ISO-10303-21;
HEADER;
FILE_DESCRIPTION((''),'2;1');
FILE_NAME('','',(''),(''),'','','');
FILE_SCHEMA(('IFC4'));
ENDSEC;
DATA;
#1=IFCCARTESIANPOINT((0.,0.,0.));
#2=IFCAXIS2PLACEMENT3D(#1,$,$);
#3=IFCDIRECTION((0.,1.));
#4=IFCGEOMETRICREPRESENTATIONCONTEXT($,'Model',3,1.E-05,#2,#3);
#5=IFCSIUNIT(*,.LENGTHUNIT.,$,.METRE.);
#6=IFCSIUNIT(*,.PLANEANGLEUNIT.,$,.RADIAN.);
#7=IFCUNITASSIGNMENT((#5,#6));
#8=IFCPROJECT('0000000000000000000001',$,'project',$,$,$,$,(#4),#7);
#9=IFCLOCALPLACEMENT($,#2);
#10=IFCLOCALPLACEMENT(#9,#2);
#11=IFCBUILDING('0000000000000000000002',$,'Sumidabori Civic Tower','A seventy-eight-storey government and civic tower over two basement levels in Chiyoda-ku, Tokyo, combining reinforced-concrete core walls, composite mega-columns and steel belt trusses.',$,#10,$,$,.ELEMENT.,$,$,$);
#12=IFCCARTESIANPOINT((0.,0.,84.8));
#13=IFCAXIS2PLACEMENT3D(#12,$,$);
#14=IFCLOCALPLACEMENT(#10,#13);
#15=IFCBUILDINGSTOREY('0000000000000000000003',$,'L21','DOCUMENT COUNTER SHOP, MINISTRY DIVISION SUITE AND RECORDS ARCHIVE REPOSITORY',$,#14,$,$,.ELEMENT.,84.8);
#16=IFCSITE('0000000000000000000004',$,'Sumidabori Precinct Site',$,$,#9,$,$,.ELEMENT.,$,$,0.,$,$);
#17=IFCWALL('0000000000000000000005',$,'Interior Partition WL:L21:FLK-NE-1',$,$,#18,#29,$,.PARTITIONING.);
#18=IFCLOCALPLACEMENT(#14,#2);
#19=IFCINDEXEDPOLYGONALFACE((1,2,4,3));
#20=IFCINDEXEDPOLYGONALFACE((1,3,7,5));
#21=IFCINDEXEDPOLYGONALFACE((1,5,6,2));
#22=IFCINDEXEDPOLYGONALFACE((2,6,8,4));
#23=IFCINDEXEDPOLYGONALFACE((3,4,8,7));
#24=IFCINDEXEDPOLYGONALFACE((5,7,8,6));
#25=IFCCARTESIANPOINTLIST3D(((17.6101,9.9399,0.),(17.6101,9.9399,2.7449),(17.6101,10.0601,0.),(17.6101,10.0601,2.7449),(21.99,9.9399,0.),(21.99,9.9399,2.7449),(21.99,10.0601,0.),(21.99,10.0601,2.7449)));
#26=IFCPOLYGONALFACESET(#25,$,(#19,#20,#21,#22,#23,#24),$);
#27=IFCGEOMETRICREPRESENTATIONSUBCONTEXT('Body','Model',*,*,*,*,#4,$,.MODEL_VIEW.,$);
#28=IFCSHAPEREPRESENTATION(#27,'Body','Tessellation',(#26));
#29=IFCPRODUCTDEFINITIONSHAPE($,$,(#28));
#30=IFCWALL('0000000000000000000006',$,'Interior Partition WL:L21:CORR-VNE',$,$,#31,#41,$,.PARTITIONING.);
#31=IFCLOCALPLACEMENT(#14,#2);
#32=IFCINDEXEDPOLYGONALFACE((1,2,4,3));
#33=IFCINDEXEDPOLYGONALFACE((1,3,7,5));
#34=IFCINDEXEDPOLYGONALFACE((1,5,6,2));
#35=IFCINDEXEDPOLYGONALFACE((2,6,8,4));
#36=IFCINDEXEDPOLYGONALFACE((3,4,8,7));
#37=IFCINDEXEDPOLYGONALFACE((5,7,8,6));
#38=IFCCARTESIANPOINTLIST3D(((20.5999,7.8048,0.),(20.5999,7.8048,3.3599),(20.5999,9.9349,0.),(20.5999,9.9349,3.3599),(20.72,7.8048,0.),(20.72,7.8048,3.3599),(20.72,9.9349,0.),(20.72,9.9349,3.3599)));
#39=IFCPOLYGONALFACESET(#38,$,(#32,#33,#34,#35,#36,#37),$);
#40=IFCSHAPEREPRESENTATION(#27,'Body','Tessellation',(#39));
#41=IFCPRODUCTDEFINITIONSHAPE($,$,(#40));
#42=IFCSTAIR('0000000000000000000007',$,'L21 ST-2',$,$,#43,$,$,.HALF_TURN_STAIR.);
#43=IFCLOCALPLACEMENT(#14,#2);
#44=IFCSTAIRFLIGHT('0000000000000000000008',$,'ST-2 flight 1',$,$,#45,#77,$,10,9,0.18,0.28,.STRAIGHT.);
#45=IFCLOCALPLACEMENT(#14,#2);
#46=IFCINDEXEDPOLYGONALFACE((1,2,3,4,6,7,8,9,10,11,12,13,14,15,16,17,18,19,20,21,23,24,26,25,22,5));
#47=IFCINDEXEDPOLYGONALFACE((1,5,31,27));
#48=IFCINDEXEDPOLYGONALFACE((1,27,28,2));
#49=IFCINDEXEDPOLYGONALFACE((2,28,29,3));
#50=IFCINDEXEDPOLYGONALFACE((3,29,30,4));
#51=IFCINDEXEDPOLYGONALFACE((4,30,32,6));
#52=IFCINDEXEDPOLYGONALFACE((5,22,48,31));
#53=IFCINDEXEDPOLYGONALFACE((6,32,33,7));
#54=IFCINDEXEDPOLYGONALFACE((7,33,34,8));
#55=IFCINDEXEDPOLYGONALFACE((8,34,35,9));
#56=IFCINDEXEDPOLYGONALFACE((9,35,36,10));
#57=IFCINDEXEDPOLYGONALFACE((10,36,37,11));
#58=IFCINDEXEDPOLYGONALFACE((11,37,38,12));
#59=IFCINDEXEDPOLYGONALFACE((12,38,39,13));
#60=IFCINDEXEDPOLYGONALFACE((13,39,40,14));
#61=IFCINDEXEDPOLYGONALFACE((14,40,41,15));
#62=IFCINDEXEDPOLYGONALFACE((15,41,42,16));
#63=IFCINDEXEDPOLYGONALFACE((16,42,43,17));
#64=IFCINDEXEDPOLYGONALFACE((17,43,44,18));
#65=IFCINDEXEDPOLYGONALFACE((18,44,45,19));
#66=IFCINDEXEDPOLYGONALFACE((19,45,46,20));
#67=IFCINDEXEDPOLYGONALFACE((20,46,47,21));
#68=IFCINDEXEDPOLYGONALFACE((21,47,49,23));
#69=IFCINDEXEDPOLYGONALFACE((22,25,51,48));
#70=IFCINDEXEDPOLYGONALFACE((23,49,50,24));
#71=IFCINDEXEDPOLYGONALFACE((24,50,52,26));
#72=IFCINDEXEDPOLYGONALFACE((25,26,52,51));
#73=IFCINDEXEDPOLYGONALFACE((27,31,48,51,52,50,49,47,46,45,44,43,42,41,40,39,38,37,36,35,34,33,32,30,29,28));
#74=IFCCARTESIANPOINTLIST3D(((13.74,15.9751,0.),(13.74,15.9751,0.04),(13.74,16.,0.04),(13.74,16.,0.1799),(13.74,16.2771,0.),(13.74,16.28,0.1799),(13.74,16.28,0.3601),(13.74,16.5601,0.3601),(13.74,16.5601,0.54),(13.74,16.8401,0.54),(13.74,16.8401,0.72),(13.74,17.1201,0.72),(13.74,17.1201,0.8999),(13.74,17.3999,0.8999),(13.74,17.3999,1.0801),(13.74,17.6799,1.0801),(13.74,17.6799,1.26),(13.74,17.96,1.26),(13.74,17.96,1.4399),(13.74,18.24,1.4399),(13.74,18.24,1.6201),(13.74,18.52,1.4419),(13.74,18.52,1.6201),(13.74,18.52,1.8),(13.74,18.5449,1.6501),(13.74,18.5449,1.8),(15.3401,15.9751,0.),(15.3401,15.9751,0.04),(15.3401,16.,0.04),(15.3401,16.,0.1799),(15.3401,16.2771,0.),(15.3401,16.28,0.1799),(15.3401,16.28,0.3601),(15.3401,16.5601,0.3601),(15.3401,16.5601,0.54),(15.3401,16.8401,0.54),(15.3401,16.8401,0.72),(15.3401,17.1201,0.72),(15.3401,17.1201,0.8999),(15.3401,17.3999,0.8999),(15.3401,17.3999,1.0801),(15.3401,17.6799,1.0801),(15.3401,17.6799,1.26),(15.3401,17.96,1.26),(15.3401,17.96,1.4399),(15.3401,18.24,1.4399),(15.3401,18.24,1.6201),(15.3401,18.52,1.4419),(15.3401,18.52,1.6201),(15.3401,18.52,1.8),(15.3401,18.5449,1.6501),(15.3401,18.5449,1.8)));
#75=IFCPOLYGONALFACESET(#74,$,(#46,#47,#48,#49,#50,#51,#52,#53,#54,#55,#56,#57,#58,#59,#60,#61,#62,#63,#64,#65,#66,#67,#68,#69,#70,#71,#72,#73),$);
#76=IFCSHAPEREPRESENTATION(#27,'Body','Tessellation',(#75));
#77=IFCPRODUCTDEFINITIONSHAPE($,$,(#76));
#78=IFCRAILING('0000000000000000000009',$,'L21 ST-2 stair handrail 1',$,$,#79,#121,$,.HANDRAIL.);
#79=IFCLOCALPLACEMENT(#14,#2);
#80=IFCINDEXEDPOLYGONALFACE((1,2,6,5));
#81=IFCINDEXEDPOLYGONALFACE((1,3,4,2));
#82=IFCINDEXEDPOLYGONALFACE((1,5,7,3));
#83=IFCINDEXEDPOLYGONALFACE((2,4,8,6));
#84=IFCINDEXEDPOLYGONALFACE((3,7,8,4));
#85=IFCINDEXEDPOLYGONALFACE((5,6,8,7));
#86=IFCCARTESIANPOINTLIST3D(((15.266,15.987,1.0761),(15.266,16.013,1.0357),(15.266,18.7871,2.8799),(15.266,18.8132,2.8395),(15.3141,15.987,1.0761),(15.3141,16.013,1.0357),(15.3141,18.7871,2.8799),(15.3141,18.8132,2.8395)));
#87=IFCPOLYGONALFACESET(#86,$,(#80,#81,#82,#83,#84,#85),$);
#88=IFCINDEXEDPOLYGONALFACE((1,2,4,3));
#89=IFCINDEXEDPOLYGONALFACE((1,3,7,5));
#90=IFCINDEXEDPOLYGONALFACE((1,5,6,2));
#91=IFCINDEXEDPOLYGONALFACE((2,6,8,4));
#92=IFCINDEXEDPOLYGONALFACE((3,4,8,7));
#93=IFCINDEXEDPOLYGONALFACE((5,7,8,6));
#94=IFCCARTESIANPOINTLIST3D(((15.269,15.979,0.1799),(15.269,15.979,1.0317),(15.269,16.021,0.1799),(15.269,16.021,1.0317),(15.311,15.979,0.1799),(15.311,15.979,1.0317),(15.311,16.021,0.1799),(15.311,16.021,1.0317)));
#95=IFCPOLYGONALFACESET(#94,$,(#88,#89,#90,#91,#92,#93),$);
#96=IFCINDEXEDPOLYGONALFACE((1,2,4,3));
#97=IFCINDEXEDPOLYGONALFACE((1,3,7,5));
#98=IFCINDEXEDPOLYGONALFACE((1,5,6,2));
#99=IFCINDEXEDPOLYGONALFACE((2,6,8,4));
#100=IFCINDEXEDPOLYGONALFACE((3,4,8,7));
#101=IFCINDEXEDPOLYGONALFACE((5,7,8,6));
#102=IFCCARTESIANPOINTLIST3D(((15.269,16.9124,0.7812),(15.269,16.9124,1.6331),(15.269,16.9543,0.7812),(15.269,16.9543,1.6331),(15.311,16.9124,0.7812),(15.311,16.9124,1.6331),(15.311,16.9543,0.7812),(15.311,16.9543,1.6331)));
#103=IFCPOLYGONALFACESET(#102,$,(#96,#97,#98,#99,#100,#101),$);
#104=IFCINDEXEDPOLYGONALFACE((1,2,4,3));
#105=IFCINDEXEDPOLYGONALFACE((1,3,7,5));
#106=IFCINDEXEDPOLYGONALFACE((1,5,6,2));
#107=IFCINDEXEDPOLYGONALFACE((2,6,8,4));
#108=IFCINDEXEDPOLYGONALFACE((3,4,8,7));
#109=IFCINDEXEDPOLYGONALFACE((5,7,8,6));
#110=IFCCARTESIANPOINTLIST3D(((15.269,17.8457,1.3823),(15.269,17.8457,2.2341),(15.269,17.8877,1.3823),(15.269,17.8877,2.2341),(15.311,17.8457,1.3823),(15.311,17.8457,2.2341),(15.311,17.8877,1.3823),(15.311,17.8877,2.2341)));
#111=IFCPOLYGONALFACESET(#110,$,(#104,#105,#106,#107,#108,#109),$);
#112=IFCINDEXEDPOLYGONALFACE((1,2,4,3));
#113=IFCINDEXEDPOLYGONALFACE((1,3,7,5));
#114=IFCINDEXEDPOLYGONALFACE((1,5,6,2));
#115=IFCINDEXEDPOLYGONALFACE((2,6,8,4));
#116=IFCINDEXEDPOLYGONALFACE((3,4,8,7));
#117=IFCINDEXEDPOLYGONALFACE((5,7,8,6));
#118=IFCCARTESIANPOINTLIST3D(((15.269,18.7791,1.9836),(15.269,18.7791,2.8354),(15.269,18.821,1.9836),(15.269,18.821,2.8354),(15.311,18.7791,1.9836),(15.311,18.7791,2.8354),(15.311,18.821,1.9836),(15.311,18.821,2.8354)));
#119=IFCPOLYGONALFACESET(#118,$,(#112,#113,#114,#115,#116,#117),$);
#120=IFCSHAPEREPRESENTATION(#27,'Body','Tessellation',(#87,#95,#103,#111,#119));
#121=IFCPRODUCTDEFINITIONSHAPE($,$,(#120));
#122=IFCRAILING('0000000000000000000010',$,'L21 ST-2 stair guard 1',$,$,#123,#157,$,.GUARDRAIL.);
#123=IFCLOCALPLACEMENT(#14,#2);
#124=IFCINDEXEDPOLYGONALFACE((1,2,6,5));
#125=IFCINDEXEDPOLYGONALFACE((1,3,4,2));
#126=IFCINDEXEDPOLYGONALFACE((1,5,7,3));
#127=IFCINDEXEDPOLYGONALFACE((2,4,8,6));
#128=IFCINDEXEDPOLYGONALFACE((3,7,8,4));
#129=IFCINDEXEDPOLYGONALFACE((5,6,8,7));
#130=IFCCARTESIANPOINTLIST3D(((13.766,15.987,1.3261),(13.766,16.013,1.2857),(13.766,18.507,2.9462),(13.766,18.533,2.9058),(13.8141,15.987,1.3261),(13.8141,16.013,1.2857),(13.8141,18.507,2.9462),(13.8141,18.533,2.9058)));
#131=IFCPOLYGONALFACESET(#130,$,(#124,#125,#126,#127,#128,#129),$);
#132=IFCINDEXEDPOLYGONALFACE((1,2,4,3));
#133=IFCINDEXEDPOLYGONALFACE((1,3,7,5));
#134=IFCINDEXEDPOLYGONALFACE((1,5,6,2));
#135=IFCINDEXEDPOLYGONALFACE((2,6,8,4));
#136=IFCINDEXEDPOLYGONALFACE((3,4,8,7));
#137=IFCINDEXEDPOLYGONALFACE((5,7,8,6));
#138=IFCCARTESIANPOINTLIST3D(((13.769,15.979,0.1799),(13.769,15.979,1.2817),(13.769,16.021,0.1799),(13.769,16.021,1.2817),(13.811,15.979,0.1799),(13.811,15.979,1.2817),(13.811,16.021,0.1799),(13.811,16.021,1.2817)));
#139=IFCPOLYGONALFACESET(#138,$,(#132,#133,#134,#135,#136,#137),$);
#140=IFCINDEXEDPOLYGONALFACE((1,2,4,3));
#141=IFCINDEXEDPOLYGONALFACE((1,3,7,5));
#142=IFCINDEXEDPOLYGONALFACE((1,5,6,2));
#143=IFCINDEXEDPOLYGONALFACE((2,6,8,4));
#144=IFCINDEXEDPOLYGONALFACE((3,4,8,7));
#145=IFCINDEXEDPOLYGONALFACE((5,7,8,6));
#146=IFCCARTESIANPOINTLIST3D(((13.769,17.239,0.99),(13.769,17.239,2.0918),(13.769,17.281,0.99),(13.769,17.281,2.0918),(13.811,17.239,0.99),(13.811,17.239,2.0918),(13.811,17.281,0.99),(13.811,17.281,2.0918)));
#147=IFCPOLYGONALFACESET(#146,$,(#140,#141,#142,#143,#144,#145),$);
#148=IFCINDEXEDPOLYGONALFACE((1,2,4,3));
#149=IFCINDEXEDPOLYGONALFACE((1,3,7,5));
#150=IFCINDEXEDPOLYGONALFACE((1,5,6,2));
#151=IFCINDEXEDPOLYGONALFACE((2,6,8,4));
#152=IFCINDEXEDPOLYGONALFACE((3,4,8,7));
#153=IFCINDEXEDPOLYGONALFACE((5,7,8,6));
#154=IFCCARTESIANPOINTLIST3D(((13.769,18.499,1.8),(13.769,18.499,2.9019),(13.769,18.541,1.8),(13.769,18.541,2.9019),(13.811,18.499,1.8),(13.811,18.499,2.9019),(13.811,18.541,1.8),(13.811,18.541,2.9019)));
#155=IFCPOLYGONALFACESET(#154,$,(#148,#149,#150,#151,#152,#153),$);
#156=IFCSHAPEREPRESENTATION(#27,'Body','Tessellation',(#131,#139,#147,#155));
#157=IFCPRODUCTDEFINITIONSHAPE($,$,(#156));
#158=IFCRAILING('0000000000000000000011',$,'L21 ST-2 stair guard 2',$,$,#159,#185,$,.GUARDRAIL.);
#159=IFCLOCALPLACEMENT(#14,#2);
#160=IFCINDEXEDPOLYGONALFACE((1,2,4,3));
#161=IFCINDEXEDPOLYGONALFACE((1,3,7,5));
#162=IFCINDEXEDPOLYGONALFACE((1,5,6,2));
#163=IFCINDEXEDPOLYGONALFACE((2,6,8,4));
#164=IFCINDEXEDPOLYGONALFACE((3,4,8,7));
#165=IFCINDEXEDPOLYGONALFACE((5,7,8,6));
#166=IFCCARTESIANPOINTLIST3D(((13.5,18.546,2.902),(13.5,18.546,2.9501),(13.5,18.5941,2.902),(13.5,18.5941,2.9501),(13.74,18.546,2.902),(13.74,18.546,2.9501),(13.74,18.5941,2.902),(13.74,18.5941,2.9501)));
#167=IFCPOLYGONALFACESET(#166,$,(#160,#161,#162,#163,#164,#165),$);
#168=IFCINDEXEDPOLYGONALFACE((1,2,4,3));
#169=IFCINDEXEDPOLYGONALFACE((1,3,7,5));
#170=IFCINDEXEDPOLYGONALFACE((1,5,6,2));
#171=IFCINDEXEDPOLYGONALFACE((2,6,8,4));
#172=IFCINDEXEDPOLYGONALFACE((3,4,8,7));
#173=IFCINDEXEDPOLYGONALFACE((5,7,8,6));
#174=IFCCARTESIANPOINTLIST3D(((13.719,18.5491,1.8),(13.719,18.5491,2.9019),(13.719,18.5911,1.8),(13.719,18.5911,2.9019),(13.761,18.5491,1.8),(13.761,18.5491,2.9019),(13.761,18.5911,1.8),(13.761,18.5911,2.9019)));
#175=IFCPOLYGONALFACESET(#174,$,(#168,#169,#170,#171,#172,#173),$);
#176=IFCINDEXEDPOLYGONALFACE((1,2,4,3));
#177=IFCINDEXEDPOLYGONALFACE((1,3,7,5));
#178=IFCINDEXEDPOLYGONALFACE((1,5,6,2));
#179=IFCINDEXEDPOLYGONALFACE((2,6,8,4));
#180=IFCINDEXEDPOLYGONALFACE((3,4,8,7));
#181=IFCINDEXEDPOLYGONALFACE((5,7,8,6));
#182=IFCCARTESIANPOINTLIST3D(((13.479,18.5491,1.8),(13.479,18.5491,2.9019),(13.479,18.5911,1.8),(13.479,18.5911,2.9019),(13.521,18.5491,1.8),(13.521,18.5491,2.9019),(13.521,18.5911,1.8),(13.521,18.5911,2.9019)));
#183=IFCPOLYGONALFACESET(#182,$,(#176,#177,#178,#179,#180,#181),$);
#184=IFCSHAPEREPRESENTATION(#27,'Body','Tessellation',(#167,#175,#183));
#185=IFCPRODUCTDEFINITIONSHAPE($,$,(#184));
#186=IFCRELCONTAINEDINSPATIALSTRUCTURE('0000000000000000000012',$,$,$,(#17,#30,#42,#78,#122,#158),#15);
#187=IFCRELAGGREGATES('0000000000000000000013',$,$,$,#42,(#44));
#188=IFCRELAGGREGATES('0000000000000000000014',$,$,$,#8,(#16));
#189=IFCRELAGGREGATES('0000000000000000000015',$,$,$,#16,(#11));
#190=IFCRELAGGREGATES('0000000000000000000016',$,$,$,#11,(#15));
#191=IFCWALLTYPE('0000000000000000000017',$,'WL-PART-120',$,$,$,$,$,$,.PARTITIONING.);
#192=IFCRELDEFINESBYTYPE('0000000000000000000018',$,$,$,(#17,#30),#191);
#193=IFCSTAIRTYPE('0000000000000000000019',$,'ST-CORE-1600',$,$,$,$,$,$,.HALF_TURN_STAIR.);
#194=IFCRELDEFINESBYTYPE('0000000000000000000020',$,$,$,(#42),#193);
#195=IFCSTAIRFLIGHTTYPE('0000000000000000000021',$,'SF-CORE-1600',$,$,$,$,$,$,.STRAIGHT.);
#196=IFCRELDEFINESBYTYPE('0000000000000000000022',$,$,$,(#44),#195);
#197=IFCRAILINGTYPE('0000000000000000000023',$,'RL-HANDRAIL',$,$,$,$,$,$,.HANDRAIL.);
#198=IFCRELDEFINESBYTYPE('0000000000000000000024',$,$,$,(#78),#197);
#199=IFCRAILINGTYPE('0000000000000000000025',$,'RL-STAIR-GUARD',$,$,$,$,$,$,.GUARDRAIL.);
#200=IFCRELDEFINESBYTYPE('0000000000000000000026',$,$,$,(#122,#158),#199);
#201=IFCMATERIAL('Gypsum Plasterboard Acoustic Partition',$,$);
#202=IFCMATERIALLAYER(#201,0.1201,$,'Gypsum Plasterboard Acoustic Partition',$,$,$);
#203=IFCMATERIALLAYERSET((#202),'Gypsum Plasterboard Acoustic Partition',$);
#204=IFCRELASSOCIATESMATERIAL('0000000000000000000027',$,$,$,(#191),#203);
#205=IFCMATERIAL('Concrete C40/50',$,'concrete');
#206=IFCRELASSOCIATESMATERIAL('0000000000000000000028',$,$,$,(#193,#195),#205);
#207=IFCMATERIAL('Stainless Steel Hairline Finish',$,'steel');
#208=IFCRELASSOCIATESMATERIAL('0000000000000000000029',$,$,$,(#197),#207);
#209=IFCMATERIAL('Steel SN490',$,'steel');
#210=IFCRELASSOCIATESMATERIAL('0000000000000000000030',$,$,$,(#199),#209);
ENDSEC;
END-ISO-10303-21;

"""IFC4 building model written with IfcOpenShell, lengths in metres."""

from ifc_helpers import new_model, si_unit, direction, frame, frame_2d, origin, origin_2d, place, context, subcontext, project, spatial, polyline, rectangle, outline, extrude, source, transform, mapped, material, layer, layer_set, type_object, element, aggregate, save


model = new_model("IFC4")

# Units and contexts
model_context = context("Model", 3, precision=1e-05, world=origin(), true_north=direction((0.0, 1.0)))
body_context = subcontext(model_context, "Body", "Model", "MODEL_VIEW")
ifc_project = project(units=[si_unit("LENGTHUNIT", "METRE"), si_unit("PLANEANGLEUNIT", "RADIAN")], contexts=[model_context])

# Site, building, storey
site_placement = place(None, origin())
site = spatial("IfcSite", under=ifc_project, at=site_placement, Name="Sumidabori Precinct Site", CompositionType="ELEMENT", RefElevation=0.0)
building_placement = place(site_placement, origin())
building = spatial("IfcBuilding", under=site, at=building_placement, Name="Sumidabori Civic Tower", Description="A seventy-eight-storey government and civic tower over two basement levels in Chiyoda-ku, Tokyo, combining reinforced-concrete core walls, composite mega-columns and steel belt trusses.", CompositionType="ELEMENT")
storey_placement = place(building_placement, frame((0.0, 0.0, 84.8)))
storey = spatial("IfcBuildingStorey", under=building, at=storey_placement, Name="L21", Description="DOCUMENT COUNTER SHOP, MINISTRY DIVISION SUITE AND RECORDS ARCHIVE REPOSITORY", CompositionType="ELEMENT", Elevation=84.8)

# Shared definitions
ifc_material_1 = material(Name="Steel SN490", Category="steel")

# Walls
ifc_material_2 = material(Name="Gypsum Plasterboard Acoustic Partition")
ifc_layer_1 = layer(ifc_material_2, 0.1201, Name="Gypsum Plasterboard Acoustic Partition")
ifc_layer_set_1 = layer_set([ifc_layer_1], Name="Gypsum Plasterboard Acoustic Partition")
wall_type_1 = type_object("IfcWallType", Name="WL-PART-120", PredefinedType="PARTITIONING", material=ifc_layer_set_1)
shared_shape_1 = source(origin(), body_context, "Body", "SweptSolid", [
    extrude(rectangle(XDim=4.3799, YDim=0.1201, at=frame_2d((2.1899, 0.0))), origin(), (0.0, 0.0, 1.0), 2.7449),
])
wall_1_placement = place(storey_placement, frame((17.6101, 10.0, 0.0), z_axis=(0.0, 0.0, 1.0), x_axis=(1.0, 0.0, 0.0)))
element("IfcWall", 1, at=wall_1_placement, inside=storey, type_object=wall_type_1, Name="Interior Partition WL:L21:FLK-NE-1", PredefinedType="PARTITIONING", context=body_context, shape_type="MappedRepresentation", body=[
    mapped(shared_shape_1, transform((0.0, 0.0, 0.0), x_axis=(1.0, 0.0, 0.0), y_axis=(0.0, 1.0, 0.0), z_axis=(0.0, 0.0, 1.0), scale=1.0)),
])
shared_shape_2 = source(origin(), body_context, "Body", "SweptSolid", [
    extrude(rectangle(XDim=2.1301, YDim=0.1201, at=frame_2d((1.0649, 0.0))), origin(), (0.0, 0.0, 1.0), 3.3599),
])
wall_2_placement = place(storey_placement, frame((20.6599, 7.8049, 0.0), z_axis=(0.0, 0.0, 1.0), x_axis=(0.0, 1.0, 0.0)))
element("IfcWall", 2, at=wall_2_placement, inside=storey, type_object=wall_type_1, Name="Interior Partition WL:L21:CORR-VNE", PredefinedType="PARTITIONING", context=body_context, shape_type="MappedRepresentation", body=[
    mapped(shared_shape_2, transform((0.0, 0.0, 0.0), x_axis=(1.0, 0.0, 0.0), y_axis=(0.0, 1.0, 0.0), z_axis=(0.0, 0.0, 1.0), scale=1.0)),
])

# Stair, stair flight
ifc_material_3 = material(Name="Concrete C40/50", Category="concrete")
stair_type = type_object("IfcStairType", Name="ST-CORE-1600", PredefinedType="HALF_TURN_STAIR", material=ifc_material_3)
stair_placement = place(storey_placement, origin())
stair = element("IfcStair", 3, at=stair_placement, inside=storey, type_object=stair_type, Name="L21 ST-2", PredefinedType="HALF_TURN_STAIR")
stair_flight_type = type_object("IfcStairFlightType", Name="SF-CORE-1600", PredefinedType="STRAIGHT", material=ifc_material_3)
shared_shape_3 = source(origin(), body_context, "Body", "SweptSolid", [
    extrude(outline(polyline([(-0.0249, 0.0), (-0.0249, 0.04), (0.0, 0.04), (0.0, 0.1799), (0.28, 0.1799), (0.28, 0.3601), (0.5601, 0.3601), (0.5601, 0.54), (0.8401, 0.54), (0.8401, 0.72), (1.1201, 0.72), (1.1201, 0.8999), (1.3999, 0.8999), (1.3999, 1.0801), (1.6799, 1.0801), (1.6799, 1.26), (1.96, 1.26), (1.96, 1.4399), (2.24, 1.4399), (2.24, 1.6201), (2.52, 1.6201), (2.52, 1.8), (2.5449, 1.8), (2.5449, 1.6501), (2.52, 1.4419), (0.2771, 0.0), (-0.0249, 0.0)])), frame((0.0, 0.8, 0.0), z_axis=(0.0, -1.0, 0.0), x_axis=(1.0, 0.0, 0.0)), (0.0, 0.0, 1.0), 1.6001),
])
stair_flight_placement = place(storey_placement, frame((14.54, 16.0, 0.0), z_axis=(0.0, 0.0, 1.0), x_axis=(0.0, 1.0, 0.0)))
stair_flight = element("IfcStairFlight", 4, at=stair_flight_placement, type_object=stair_flight_type, Name="ST-2 flight 1", NumberOfRisers=10, NumberOfTreads=9, PredefinedType="STRAIGHT", RiserHeight=0.18, TreadLength=0.28, context=body_context, shape_type="MappedRepresentation", body=[
    mapped(shared_shape_3, transform((0.0, 0.0, 0.0), x_axis=(1.0, 0.0, 0.0), y_axis=(0.0, 1.0, 0.0), z_axis=(0.0, 0.0, 1.0), scale=1.0)),
])
aggregate(stair, [stair_flight])

# Railings
ifc_material_4 = material(Name="Stainless Steel Hairline Finish", Category="steel")
railing_type_1 = type_object("IfcRailingType", Name="RL-HANDRAIL", PredefinedType="HANDRAIL", material=ifc_material_4)
railing_1_placement = place(storey_placement, frame((15.29, 16.0, 0.1799)))
element("IfcRailing", 5, at=railing_1_placement, inside=storey, type_object=railing_type_1, Name="L21 ST-2 stair handrail 1", PredefinedType="HANDRAIL", context=body_context, shape_type="SweptSolid", body=[
    extrude(rectangle(XDim=0.0481, YDim=0.0481, at=origin_2d()), frame((0.0, 0.0, 0.876), z_axis=(0.0, 0.840676, 0.541539), x_axis=(-1.0, 0.0, 0.0)), (0.0, 0.0, 1.0), 3.3308),
    extrude(rectangle(XDim=0.042, YDim=0.042, at=origin_2d()), origin(), (0.0, 0.0, 1.0), 0.8518),
    extrude(rectangle(XDim=0.042, YDim=0.042, at=origin_2d()), frame((0.0, 0.9333, 0.6013)), (0.0, 0.0, 1.0), 0.8518),
    extrude(rectangle(XDim=0.042, YDim=0.042, at=origin_2d()), frame((0.0, 1.8667, 1.2024)), (0.0, 0.0, 1.0), 0.8518),
    extrude(rectangle(XDim=0.042, YDim=0.042, at=origin_2d()), frame((0.0, 2.8, 1.8037)), (0.0, 0.0, 1.0), 0.8518),
])
railing_type_2 = type_object("IfcRailingType", Name="RL-STAIR-GUARD", PredefinedType="GUARDRAIL", material=ifc_material_1)
railing_2_placement = place(storey_placement, frame((13.79, 16.0, 0.1799)))
element("IfcRailing", 6, at=railing_2_placement, inside=storey, type_object=railing_type_2, Name="L21 ST-2 stair guard 1", PredefinedType="GUARDRAIL", context=body_context, shape_type="SweptSolid", body=[
    extrude(rectangle(XDim=0.0481, YDim=0.0481, at=origin_2d()), frame((0.0, 0.0, 1.126), z_axis=(0.0, 0.841163, 0.540782), x_axis=(-1.0, 0.0, 0.0)), (0.0, 0.0, 1.0), 2.9958),
    extrude(rectangle(XDim=0.042, YDim=0.042, at=origin_2d()), origin(), (0.0, 0.0, 1.0), 1.1018),
    extrude(rectangle(XDim=0.042, YDim=0.042, at=origin_2d()), frame((0.0, 1.26, 0.8101)), (0.0, 0.0, 1.0), 1.1018),
    extrude(rectangle(XDim=0.042, YDim=0.042, at=origin_2d()), frame((0.0, 2.52, 1.6201)), (0.0, 0.0, 1.0), 1.1018),
])
for number, where, name in (
    (7, (13.74, 18.5701, 1.8), "L21 ST-2 stair guard 2"),
):
    element("IfcRailing", number, at=place(storey_placement, frame(where)), inside=storey, type_object=railing_type_2, Name=name, PredefinedType="GUARDRAIL", context=body_context, shape_type="SweptSolid", body=[
        extrude(rectangle(XDim=0.0481, YDim=0.0481, at=origin_2d()), frame((0.0, 0.0, 1.126), z_axis=(-1.0, 0.0, 0.0), x_axis=(0.0, -1.0, 0.0)), (0.0, 0.0, 1.0), 0.24),
        extrude(rectangle(XDim=0.042, YDim=0.042, at=origin_2d()), origin(), (0.0, 0.0, 1.0), 1.1018),
        extrude(rectangle(XDim=0.042, YDim=0.042, at=origin_2d()), frame((-0.24, 0.0, 0.0)), (0.0, 0.0, 1.0), 1.1018),
    ])

save(model, "model.ifc")
